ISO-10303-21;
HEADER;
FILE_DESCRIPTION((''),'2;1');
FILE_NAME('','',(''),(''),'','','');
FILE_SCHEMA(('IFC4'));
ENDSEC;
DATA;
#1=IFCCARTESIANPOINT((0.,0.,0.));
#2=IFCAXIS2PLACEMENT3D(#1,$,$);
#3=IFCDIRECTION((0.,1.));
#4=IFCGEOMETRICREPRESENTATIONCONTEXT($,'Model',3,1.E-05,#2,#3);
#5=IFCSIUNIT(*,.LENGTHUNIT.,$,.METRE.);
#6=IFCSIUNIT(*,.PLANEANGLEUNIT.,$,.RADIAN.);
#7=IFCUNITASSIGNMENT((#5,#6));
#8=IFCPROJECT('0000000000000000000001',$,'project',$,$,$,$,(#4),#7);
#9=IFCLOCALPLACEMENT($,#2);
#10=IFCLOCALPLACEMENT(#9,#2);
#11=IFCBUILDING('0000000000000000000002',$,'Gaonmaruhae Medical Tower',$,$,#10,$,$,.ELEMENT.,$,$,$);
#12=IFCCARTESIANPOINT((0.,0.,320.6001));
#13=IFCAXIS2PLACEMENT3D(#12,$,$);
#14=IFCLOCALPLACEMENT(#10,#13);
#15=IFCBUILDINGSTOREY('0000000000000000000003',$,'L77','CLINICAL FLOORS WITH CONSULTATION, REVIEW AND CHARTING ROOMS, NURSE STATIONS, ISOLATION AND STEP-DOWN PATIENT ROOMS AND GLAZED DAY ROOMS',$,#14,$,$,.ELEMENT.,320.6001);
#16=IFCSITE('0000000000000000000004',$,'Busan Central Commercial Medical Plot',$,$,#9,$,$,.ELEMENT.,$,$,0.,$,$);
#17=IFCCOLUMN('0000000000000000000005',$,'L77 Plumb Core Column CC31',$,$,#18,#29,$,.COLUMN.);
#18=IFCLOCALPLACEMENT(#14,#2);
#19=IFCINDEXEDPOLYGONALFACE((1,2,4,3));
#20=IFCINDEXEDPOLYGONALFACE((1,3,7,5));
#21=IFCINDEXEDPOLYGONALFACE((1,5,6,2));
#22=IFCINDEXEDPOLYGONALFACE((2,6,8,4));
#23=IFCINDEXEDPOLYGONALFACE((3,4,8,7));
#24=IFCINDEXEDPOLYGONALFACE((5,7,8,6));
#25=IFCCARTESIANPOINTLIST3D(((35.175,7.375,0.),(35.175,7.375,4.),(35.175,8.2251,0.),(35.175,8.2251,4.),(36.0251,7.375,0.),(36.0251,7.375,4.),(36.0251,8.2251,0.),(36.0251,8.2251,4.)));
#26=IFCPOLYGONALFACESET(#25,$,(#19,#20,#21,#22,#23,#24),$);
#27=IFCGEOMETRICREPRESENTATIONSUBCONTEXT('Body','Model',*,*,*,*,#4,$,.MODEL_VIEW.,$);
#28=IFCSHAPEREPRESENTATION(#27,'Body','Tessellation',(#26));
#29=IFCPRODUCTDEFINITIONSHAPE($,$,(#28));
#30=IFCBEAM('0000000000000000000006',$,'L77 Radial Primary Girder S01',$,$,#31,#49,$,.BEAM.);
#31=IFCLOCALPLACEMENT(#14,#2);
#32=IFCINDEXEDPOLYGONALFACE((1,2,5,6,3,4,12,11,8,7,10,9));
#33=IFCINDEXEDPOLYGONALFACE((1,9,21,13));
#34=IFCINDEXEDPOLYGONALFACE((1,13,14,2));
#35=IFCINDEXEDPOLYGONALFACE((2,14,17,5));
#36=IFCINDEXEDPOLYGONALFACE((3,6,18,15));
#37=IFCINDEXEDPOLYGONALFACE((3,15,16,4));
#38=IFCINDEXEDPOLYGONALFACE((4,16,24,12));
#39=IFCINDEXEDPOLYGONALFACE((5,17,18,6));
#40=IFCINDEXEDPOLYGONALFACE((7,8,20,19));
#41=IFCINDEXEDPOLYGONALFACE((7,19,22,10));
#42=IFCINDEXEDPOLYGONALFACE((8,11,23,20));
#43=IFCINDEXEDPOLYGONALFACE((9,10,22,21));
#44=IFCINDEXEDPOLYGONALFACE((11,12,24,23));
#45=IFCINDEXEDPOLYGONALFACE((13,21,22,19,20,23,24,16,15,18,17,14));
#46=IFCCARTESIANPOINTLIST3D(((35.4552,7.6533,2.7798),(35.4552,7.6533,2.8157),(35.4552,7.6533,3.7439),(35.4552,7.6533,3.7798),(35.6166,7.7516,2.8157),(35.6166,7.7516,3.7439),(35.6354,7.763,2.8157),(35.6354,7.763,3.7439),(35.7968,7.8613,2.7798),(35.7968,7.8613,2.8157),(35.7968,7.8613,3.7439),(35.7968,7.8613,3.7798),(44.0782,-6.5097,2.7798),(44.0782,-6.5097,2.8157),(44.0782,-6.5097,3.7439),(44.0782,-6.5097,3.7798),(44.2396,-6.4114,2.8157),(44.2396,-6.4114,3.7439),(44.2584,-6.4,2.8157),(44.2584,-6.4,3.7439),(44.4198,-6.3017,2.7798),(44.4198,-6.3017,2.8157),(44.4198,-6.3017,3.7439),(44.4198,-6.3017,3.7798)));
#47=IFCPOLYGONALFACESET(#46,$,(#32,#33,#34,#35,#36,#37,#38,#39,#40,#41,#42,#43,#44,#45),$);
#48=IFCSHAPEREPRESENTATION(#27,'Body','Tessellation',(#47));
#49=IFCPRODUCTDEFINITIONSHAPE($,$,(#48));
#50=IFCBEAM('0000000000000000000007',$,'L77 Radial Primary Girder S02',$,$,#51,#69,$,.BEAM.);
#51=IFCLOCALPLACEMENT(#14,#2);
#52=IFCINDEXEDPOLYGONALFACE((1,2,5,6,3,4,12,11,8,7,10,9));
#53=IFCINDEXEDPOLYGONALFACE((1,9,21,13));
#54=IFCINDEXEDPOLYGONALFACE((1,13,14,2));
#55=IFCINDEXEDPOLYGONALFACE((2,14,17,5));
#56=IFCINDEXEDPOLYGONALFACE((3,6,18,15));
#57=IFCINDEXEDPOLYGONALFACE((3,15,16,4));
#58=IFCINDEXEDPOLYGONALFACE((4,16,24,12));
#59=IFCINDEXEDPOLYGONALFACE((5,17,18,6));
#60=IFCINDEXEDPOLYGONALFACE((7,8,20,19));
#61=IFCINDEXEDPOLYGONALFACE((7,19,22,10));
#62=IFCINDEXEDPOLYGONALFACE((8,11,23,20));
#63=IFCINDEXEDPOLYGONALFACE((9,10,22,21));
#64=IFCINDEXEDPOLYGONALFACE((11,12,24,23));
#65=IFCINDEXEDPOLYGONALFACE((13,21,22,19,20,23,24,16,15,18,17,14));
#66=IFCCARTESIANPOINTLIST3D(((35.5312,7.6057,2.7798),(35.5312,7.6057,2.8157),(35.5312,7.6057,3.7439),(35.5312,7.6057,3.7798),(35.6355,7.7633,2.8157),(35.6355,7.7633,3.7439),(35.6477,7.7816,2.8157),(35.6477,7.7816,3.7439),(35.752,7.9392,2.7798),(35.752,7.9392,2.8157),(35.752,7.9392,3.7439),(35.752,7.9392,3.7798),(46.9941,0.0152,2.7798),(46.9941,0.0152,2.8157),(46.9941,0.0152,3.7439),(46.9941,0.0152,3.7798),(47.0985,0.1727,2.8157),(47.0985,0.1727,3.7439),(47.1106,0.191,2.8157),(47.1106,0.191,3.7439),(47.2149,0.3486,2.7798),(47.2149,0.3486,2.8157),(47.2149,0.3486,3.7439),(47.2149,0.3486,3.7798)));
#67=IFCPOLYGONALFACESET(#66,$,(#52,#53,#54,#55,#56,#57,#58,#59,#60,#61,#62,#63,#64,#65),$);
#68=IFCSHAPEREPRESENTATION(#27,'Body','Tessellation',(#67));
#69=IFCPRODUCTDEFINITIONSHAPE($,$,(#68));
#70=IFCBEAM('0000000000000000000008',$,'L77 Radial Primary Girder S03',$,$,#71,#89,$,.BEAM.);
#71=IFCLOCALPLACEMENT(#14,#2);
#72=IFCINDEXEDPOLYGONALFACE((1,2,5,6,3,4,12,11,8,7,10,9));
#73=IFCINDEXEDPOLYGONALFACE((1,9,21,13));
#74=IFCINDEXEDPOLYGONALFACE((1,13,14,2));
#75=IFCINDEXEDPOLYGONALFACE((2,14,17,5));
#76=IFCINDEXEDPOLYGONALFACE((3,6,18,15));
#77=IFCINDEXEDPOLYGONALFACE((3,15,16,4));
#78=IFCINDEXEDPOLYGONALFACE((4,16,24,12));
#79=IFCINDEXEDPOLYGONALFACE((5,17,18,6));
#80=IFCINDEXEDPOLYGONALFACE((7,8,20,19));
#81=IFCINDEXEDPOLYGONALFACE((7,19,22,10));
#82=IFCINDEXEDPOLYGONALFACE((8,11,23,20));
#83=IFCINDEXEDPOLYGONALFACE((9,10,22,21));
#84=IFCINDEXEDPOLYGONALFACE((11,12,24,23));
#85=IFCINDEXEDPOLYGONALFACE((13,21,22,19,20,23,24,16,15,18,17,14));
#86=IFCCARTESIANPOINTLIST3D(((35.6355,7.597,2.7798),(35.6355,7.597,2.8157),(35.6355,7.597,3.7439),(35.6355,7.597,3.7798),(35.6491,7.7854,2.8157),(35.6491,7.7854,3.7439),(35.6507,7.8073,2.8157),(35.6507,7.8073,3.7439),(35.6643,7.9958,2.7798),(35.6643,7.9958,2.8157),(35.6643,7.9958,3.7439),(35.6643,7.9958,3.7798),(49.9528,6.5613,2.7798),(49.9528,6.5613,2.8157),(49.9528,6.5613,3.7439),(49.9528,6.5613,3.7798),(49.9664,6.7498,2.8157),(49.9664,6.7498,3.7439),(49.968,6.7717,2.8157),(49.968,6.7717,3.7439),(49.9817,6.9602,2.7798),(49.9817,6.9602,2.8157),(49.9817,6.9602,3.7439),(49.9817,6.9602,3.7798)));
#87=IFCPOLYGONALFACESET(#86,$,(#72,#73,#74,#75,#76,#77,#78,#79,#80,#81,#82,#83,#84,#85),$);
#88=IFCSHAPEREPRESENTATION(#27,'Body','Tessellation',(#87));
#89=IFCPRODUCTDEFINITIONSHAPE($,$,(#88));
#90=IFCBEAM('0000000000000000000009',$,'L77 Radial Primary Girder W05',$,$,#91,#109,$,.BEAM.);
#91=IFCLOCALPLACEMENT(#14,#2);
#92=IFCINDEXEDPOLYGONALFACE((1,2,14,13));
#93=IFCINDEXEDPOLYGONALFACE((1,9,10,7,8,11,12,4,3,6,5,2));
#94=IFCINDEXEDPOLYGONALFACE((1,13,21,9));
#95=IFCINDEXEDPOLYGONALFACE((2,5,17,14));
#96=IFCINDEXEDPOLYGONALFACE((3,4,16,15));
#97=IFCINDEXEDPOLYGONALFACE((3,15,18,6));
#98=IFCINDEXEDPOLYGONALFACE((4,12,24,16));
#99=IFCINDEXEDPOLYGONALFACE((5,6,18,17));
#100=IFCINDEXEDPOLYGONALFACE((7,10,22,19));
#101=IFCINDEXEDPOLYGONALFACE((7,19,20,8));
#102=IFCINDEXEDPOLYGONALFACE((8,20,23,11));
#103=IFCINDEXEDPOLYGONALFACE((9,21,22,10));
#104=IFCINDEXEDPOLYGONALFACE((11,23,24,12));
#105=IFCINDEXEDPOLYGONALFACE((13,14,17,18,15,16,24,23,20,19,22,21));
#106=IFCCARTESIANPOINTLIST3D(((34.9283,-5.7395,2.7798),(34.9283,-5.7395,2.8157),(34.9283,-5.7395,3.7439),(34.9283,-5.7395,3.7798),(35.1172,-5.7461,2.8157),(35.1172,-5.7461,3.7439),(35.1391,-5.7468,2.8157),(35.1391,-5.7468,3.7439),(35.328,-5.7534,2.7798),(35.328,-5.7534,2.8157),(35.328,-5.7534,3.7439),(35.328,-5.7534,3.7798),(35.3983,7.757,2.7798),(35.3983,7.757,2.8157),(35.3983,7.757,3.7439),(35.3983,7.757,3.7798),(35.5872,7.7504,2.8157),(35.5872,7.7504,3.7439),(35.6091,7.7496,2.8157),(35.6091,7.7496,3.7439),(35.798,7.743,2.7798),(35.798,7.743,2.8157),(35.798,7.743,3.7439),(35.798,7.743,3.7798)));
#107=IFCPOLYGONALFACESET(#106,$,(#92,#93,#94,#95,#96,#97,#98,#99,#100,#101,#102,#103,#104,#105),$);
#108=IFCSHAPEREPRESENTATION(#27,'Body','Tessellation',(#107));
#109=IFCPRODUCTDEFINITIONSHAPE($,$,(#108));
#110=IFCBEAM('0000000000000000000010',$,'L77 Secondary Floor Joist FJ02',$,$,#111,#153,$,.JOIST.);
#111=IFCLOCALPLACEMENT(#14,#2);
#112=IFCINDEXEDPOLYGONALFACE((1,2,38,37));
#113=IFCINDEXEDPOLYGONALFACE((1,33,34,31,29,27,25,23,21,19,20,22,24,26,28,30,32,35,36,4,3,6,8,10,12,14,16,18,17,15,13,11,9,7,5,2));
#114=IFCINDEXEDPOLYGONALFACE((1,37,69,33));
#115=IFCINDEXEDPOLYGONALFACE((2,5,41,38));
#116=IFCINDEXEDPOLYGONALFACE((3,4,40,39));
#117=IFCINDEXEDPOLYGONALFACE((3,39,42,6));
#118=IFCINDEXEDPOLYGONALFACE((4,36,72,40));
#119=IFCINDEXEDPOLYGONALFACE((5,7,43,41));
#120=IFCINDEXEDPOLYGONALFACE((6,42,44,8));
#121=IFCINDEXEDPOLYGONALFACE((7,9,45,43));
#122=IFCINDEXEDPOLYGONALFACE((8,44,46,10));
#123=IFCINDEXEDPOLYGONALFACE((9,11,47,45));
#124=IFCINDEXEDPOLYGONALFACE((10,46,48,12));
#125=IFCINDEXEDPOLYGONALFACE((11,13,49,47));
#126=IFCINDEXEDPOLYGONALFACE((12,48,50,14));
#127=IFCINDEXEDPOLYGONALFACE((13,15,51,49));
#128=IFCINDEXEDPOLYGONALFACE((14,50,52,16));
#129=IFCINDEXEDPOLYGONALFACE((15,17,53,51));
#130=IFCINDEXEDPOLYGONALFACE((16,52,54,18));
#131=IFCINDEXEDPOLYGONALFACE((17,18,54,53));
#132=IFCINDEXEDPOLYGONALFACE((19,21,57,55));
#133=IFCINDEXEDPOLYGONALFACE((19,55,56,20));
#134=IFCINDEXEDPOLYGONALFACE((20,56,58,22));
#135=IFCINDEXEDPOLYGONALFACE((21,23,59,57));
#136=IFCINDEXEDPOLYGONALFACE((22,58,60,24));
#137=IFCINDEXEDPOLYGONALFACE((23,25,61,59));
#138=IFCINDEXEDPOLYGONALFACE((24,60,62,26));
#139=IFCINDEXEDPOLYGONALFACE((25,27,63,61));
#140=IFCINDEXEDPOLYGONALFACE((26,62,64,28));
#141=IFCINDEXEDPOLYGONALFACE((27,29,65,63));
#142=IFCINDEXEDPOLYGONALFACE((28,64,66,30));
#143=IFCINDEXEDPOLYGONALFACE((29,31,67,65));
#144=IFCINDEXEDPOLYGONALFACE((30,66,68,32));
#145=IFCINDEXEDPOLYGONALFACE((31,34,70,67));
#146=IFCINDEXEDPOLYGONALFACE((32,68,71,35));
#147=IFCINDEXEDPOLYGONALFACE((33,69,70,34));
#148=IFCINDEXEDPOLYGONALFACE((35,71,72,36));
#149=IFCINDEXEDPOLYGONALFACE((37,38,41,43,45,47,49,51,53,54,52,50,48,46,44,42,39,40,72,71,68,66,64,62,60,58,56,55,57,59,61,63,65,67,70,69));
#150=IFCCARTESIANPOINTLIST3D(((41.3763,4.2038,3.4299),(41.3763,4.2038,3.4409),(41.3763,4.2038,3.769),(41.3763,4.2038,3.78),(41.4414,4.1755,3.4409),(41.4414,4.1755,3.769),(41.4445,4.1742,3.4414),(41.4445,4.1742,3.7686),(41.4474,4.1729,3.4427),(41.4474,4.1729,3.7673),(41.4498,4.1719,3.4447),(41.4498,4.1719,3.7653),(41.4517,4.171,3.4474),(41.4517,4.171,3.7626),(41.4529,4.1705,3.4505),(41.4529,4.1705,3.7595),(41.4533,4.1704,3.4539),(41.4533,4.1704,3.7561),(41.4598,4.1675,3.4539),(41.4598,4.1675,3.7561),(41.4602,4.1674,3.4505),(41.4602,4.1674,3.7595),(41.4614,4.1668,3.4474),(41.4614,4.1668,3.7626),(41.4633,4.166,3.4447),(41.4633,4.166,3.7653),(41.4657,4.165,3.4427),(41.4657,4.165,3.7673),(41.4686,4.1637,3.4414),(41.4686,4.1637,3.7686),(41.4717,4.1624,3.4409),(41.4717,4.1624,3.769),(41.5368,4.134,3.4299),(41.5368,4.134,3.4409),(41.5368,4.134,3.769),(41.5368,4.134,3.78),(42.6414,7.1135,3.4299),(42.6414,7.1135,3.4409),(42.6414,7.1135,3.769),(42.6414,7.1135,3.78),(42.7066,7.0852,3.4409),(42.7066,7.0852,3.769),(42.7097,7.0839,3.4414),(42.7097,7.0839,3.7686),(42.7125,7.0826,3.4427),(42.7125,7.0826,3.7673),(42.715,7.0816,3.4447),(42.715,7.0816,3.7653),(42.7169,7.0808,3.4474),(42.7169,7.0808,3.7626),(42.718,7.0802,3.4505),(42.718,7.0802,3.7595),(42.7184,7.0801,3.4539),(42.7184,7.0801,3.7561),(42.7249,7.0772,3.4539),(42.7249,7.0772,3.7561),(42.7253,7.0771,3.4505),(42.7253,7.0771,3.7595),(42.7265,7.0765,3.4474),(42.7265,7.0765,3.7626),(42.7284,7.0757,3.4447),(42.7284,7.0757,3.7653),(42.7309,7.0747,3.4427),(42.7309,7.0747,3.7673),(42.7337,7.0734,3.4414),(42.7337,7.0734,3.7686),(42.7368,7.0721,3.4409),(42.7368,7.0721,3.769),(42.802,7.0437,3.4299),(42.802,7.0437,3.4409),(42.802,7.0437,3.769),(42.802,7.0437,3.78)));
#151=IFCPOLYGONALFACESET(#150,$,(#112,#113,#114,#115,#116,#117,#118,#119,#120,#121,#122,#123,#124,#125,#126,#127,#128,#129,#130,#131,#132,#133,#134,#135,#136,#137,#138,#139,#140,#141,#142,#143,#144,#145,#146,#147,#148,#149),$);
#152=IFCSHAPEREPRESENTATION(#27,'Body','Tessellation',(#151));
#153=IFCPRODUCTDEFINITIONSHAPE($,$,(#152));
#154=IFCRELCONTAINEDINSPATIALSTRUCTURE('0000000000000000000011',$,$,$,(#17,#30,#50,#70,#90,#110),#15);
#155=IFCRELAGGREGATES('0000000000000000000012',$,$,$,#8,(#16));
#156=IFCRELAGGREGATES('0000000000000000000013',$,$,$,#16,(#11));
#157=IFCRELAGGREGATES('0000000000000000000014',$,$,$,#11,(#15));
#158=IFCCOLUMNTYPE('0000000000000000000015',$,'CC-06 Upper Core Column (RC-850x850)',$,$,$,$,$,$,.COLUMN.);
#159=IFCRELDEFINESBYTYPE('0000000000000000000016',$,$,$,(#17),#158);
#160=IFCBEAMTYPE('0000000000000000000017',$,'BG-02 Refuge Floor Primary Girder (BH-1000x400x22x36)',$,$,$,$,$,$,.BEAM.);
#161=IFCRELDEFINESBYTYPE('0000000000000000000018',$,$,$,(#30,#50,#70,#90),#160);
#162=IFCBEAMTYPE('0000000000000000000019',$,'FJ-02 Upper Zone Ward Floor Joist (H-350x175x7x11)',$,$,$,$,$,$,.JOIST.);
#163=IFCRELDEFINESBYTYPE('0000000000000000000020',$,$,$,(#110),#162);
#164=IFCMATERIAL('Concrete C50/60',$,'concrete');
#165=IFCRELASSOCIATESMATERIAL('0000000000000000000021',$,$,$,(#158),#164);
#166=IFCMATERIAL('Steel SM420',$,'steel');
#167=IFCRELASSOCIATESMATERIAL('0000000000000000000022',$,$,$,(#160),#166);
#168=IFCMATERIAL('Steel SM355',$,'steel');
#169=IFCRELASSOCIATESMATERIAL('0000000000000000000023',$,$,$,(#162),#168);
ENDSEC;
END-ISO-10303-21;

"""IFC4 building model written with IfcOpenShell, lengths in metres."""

from ifc_helpers import new_model, si_unit, direction, frame, origin, origin_2d, place, context, subcontext, project, spatial, rectangle, i_section, extrude, material, material_profile, profile_set, type_object, element, save


model = new_model("IFC4")

# Units and contexts
model_context = context("Model", 3, precision=1e-05, world=origin(), true_north=direction((0.0, 1.0)))
body_context = subcontext(model_context, "Body", "Model", "MODEL_VIEW")
ifc_project = project(units=[si_unit("LENGTHUNIT", "METRE"), si_unit("PLANEANGLEUNIT", "RADIAN")], contexts=[model_context])

# Site, building, storey
site_placement = place(None, origin())
site = spatial("IfcSite", under=ifc_project, at=site_placement, Name="Busan Central Commercial Medical Plot", CompositionType="ELEMENT", RefElevation=0.0)
building_placement = place(site_placement, origin())
building = spatial("IfcBuilding", under=site, at=building_placement, Name="Gaonmaruhae Medical Tower", CompositionType="ELEMENT")
storey_placement = place(building_placement, frame((0.0, 0.0, 320.6001)))
storey = spatial("IfcBuildingStorey", under=building, at=storey_placement, Name="L77", Description="CLINICAL FLOORS WITH CONSULTATION, REVIEW AND CHARTING ROOMS, NURSE STATIONS, ISOLATION AND STEP-DOWN PATIENT ROOMS AND GLAZED DAY ROOMS", CompositionType="ELEMENT", Elevation=320.6001)

# Column
ifc_material_1 = material(Name="Concrete C50/60", Category="concrete")
ifc_material_profile_1 = material_profile(ifc_material_1, rectangle(XDim=0.8501, YDim=0.8501, at=origin_2d()), Name="RC-850x850")
ifc_profile_set_1 = profile_set([ifc_material_profile_1], Name="Concrete C50/60")
column_type = type_object("IfcColumnType", Name="CC-06 Upper Core Column (RC-850x850)", PredefinedType="COLUMN", material=ifc_profile_set_1)
column_placement = place(storey_placement, frame((35.6001, 7.8, 0.0), z_axis=(0.0, 0.0, 1.0), x_axis=(1.0, 0.0, 0.0)))
element("IfcColumn", 1, at=column_placement, inside=storey, type_object=column_type, Name="L77 Plumb Core Column CC31", PredefinedType="COLUMN", context=body_context, shape_type="SweptSolid", body=[
    extrude(rectangle(XDim=0.8501, YDim=0.8501, at=origin_2d()), origin(), (0.0, 0.0, 1.0), 4.0),
])

# Beams
ifc_material_2 = material(Name="Steel SM420", Category="steel")
ifc_material_profile_2 = material_profile(ifc_material_2, i_section(OverallWidth=0.3999, OverallDepth=1.0, WebThickness=0.022, FlangeThickness=0.0359, at=origin_2d()), Name="BH-1000x400x22x36")
ifc_profile_set_2 = profile_set([ifc_material_profile_2], Name="Steel SM420")
beam_type_1 = type_object("IfcBeamType", Name="BG-02 Refuge Floor Primary Girder (BH-1000x400x22x36)", PredefinedType="BEAM", material=ifc_profile_set_2)
beam_1_placement = place(storey_placement, frame((35.626, 7.7573, 3.2798), z_axis=(0.520037, -0.854144, 0.0), x_axis=(0.854144, 0.520037, 0.0)))
element("IfcBeam", 2, at=beam_1_placement, inside=storey, type_object=beam_type_1, Name="L77 Radial Primary Girder S01", PredefinedType="BEAM", context=body_context, shape_type="SweptSolid", body=[
    extrude(i_section(OverallWidth=0.3999, OverallDepth=1.0, WebThickness=0.022, FlangeThickness=0.0359, at=origin_2d()), origin(), (0.0, 0.0, 1.0), 16.5815),
])
beam_2_placement = place(storey_placement, frame((35.6416, 7.7725, 3.2798), z_axis=(0.83377, -0.552112, 0.0), x_axis=(0.552112, 0.83377, 0.0)))
element("IfcBeam", 3, at=beam_2_placement, inside=storey, type_object=beam_type_1, Name="L77 Radial Primary Girder S02", PredefinedType="BEAM", context=body_context, shape_type="SweptSolid", body=[
    extrude(i_section(OverallWidth=0.3999, OverallDepth=1.0, WebThickness=0.022, FlangeThickness=0.0359, at=origin_2d()), origin(), (0.0, 0.0, 1.0), 13.7483),
])
beam_3_placement = place(storey_placement, frame((35.6499, 7.7964, 3.2798), z_axis=(0.997394, -0.072146, 0.0), x_axis=(0.072146, 0.997394, 0.0)))
element("IfcBeam", 4, at=beam_3_placement, inside=storey, type_object=beam_type_1, Name="L77 Radial Primary Girder S03", PredefinedType="BEAM", context=body_context, shape_type="SweptSolid", body=[
    extrude(i_section(OverallWidth=0.3999, OverallDepth=1.0, WebThickness=0.022, FlangeThickness=0.0359, at=origin_2d()), origin(), (0.0, 0.0, 1.0), 14.3547),
])
beam_4_placement = place(storey_placement, frame((35.5981, 7.75, 3.2798), z_axis=(-0.034801, -0.999394, 0.0), x_axis=(0.999394, -0.034801, 0.0)))
element("IfcBeam", 5, at=beam_4_placement, inside=storey, type_object=beam_type_1, Name="L77 Radial Primary Girder W05", PredefinedType="BEAM", context=body_context, shape_type="SweptSolid", body=[
    extrude(i_section(OverallWidth=0.3999, OverallDepth=1.0, WebThickness=0.022, FlangeThickness=0.0359, at=origin_2d()), origin(), (0.0, 0.0, 1.0), 13.5046),
])
ifc_material_3 = material(Name="Steel SM355", Category="steel")
ifc_material_profile_3 = material_profile(ifc_material_3, i_section(OverallWidth=0.175, OverallDepth=0.3501, WebThickness=0.0071, FlangeThickness=0.011, FilletRadius=0.0129, at=origin_2d()), Name="H-350x175x7x11")
ifc_profile_set_3 = profile_set([ifc_material_profile_3], Name="Steel SM355")
beam_type_2 = type_object("IfcBeamType", Name="FJ-02 Upper Zone Ward Floor Joist (H-350x175x7x11)", PredefinedType="JOIST", material=ifc_profile_set_3)
beam_5_placement = place(storey_placement, frame((41.4565, 4.1689, 3.605), z_axis=(0.398743, 0.917063, 0.0), x_axis=(-0.917063, 0.398743, 0.0)))
element("IfcBeam", 6, at=beam_5_placement, inside=storey, type_object=beam_type_2, Name="L77 Secondary Floor Joist FJ02", PredefinedType="JOIST", context=body_context, shape_type="SweptSolid", body=[
    extrude(i_section(OverallWidth=0.175, OverallDepth=0.3501, WebThickness=0.0071, FlangeThickness=0.011, FilletRadius=0.0129, at=origin_2d()), origin(), (0.0, 0.0, 1.0), 3.1729),
])

save(model, "model.ifc")
